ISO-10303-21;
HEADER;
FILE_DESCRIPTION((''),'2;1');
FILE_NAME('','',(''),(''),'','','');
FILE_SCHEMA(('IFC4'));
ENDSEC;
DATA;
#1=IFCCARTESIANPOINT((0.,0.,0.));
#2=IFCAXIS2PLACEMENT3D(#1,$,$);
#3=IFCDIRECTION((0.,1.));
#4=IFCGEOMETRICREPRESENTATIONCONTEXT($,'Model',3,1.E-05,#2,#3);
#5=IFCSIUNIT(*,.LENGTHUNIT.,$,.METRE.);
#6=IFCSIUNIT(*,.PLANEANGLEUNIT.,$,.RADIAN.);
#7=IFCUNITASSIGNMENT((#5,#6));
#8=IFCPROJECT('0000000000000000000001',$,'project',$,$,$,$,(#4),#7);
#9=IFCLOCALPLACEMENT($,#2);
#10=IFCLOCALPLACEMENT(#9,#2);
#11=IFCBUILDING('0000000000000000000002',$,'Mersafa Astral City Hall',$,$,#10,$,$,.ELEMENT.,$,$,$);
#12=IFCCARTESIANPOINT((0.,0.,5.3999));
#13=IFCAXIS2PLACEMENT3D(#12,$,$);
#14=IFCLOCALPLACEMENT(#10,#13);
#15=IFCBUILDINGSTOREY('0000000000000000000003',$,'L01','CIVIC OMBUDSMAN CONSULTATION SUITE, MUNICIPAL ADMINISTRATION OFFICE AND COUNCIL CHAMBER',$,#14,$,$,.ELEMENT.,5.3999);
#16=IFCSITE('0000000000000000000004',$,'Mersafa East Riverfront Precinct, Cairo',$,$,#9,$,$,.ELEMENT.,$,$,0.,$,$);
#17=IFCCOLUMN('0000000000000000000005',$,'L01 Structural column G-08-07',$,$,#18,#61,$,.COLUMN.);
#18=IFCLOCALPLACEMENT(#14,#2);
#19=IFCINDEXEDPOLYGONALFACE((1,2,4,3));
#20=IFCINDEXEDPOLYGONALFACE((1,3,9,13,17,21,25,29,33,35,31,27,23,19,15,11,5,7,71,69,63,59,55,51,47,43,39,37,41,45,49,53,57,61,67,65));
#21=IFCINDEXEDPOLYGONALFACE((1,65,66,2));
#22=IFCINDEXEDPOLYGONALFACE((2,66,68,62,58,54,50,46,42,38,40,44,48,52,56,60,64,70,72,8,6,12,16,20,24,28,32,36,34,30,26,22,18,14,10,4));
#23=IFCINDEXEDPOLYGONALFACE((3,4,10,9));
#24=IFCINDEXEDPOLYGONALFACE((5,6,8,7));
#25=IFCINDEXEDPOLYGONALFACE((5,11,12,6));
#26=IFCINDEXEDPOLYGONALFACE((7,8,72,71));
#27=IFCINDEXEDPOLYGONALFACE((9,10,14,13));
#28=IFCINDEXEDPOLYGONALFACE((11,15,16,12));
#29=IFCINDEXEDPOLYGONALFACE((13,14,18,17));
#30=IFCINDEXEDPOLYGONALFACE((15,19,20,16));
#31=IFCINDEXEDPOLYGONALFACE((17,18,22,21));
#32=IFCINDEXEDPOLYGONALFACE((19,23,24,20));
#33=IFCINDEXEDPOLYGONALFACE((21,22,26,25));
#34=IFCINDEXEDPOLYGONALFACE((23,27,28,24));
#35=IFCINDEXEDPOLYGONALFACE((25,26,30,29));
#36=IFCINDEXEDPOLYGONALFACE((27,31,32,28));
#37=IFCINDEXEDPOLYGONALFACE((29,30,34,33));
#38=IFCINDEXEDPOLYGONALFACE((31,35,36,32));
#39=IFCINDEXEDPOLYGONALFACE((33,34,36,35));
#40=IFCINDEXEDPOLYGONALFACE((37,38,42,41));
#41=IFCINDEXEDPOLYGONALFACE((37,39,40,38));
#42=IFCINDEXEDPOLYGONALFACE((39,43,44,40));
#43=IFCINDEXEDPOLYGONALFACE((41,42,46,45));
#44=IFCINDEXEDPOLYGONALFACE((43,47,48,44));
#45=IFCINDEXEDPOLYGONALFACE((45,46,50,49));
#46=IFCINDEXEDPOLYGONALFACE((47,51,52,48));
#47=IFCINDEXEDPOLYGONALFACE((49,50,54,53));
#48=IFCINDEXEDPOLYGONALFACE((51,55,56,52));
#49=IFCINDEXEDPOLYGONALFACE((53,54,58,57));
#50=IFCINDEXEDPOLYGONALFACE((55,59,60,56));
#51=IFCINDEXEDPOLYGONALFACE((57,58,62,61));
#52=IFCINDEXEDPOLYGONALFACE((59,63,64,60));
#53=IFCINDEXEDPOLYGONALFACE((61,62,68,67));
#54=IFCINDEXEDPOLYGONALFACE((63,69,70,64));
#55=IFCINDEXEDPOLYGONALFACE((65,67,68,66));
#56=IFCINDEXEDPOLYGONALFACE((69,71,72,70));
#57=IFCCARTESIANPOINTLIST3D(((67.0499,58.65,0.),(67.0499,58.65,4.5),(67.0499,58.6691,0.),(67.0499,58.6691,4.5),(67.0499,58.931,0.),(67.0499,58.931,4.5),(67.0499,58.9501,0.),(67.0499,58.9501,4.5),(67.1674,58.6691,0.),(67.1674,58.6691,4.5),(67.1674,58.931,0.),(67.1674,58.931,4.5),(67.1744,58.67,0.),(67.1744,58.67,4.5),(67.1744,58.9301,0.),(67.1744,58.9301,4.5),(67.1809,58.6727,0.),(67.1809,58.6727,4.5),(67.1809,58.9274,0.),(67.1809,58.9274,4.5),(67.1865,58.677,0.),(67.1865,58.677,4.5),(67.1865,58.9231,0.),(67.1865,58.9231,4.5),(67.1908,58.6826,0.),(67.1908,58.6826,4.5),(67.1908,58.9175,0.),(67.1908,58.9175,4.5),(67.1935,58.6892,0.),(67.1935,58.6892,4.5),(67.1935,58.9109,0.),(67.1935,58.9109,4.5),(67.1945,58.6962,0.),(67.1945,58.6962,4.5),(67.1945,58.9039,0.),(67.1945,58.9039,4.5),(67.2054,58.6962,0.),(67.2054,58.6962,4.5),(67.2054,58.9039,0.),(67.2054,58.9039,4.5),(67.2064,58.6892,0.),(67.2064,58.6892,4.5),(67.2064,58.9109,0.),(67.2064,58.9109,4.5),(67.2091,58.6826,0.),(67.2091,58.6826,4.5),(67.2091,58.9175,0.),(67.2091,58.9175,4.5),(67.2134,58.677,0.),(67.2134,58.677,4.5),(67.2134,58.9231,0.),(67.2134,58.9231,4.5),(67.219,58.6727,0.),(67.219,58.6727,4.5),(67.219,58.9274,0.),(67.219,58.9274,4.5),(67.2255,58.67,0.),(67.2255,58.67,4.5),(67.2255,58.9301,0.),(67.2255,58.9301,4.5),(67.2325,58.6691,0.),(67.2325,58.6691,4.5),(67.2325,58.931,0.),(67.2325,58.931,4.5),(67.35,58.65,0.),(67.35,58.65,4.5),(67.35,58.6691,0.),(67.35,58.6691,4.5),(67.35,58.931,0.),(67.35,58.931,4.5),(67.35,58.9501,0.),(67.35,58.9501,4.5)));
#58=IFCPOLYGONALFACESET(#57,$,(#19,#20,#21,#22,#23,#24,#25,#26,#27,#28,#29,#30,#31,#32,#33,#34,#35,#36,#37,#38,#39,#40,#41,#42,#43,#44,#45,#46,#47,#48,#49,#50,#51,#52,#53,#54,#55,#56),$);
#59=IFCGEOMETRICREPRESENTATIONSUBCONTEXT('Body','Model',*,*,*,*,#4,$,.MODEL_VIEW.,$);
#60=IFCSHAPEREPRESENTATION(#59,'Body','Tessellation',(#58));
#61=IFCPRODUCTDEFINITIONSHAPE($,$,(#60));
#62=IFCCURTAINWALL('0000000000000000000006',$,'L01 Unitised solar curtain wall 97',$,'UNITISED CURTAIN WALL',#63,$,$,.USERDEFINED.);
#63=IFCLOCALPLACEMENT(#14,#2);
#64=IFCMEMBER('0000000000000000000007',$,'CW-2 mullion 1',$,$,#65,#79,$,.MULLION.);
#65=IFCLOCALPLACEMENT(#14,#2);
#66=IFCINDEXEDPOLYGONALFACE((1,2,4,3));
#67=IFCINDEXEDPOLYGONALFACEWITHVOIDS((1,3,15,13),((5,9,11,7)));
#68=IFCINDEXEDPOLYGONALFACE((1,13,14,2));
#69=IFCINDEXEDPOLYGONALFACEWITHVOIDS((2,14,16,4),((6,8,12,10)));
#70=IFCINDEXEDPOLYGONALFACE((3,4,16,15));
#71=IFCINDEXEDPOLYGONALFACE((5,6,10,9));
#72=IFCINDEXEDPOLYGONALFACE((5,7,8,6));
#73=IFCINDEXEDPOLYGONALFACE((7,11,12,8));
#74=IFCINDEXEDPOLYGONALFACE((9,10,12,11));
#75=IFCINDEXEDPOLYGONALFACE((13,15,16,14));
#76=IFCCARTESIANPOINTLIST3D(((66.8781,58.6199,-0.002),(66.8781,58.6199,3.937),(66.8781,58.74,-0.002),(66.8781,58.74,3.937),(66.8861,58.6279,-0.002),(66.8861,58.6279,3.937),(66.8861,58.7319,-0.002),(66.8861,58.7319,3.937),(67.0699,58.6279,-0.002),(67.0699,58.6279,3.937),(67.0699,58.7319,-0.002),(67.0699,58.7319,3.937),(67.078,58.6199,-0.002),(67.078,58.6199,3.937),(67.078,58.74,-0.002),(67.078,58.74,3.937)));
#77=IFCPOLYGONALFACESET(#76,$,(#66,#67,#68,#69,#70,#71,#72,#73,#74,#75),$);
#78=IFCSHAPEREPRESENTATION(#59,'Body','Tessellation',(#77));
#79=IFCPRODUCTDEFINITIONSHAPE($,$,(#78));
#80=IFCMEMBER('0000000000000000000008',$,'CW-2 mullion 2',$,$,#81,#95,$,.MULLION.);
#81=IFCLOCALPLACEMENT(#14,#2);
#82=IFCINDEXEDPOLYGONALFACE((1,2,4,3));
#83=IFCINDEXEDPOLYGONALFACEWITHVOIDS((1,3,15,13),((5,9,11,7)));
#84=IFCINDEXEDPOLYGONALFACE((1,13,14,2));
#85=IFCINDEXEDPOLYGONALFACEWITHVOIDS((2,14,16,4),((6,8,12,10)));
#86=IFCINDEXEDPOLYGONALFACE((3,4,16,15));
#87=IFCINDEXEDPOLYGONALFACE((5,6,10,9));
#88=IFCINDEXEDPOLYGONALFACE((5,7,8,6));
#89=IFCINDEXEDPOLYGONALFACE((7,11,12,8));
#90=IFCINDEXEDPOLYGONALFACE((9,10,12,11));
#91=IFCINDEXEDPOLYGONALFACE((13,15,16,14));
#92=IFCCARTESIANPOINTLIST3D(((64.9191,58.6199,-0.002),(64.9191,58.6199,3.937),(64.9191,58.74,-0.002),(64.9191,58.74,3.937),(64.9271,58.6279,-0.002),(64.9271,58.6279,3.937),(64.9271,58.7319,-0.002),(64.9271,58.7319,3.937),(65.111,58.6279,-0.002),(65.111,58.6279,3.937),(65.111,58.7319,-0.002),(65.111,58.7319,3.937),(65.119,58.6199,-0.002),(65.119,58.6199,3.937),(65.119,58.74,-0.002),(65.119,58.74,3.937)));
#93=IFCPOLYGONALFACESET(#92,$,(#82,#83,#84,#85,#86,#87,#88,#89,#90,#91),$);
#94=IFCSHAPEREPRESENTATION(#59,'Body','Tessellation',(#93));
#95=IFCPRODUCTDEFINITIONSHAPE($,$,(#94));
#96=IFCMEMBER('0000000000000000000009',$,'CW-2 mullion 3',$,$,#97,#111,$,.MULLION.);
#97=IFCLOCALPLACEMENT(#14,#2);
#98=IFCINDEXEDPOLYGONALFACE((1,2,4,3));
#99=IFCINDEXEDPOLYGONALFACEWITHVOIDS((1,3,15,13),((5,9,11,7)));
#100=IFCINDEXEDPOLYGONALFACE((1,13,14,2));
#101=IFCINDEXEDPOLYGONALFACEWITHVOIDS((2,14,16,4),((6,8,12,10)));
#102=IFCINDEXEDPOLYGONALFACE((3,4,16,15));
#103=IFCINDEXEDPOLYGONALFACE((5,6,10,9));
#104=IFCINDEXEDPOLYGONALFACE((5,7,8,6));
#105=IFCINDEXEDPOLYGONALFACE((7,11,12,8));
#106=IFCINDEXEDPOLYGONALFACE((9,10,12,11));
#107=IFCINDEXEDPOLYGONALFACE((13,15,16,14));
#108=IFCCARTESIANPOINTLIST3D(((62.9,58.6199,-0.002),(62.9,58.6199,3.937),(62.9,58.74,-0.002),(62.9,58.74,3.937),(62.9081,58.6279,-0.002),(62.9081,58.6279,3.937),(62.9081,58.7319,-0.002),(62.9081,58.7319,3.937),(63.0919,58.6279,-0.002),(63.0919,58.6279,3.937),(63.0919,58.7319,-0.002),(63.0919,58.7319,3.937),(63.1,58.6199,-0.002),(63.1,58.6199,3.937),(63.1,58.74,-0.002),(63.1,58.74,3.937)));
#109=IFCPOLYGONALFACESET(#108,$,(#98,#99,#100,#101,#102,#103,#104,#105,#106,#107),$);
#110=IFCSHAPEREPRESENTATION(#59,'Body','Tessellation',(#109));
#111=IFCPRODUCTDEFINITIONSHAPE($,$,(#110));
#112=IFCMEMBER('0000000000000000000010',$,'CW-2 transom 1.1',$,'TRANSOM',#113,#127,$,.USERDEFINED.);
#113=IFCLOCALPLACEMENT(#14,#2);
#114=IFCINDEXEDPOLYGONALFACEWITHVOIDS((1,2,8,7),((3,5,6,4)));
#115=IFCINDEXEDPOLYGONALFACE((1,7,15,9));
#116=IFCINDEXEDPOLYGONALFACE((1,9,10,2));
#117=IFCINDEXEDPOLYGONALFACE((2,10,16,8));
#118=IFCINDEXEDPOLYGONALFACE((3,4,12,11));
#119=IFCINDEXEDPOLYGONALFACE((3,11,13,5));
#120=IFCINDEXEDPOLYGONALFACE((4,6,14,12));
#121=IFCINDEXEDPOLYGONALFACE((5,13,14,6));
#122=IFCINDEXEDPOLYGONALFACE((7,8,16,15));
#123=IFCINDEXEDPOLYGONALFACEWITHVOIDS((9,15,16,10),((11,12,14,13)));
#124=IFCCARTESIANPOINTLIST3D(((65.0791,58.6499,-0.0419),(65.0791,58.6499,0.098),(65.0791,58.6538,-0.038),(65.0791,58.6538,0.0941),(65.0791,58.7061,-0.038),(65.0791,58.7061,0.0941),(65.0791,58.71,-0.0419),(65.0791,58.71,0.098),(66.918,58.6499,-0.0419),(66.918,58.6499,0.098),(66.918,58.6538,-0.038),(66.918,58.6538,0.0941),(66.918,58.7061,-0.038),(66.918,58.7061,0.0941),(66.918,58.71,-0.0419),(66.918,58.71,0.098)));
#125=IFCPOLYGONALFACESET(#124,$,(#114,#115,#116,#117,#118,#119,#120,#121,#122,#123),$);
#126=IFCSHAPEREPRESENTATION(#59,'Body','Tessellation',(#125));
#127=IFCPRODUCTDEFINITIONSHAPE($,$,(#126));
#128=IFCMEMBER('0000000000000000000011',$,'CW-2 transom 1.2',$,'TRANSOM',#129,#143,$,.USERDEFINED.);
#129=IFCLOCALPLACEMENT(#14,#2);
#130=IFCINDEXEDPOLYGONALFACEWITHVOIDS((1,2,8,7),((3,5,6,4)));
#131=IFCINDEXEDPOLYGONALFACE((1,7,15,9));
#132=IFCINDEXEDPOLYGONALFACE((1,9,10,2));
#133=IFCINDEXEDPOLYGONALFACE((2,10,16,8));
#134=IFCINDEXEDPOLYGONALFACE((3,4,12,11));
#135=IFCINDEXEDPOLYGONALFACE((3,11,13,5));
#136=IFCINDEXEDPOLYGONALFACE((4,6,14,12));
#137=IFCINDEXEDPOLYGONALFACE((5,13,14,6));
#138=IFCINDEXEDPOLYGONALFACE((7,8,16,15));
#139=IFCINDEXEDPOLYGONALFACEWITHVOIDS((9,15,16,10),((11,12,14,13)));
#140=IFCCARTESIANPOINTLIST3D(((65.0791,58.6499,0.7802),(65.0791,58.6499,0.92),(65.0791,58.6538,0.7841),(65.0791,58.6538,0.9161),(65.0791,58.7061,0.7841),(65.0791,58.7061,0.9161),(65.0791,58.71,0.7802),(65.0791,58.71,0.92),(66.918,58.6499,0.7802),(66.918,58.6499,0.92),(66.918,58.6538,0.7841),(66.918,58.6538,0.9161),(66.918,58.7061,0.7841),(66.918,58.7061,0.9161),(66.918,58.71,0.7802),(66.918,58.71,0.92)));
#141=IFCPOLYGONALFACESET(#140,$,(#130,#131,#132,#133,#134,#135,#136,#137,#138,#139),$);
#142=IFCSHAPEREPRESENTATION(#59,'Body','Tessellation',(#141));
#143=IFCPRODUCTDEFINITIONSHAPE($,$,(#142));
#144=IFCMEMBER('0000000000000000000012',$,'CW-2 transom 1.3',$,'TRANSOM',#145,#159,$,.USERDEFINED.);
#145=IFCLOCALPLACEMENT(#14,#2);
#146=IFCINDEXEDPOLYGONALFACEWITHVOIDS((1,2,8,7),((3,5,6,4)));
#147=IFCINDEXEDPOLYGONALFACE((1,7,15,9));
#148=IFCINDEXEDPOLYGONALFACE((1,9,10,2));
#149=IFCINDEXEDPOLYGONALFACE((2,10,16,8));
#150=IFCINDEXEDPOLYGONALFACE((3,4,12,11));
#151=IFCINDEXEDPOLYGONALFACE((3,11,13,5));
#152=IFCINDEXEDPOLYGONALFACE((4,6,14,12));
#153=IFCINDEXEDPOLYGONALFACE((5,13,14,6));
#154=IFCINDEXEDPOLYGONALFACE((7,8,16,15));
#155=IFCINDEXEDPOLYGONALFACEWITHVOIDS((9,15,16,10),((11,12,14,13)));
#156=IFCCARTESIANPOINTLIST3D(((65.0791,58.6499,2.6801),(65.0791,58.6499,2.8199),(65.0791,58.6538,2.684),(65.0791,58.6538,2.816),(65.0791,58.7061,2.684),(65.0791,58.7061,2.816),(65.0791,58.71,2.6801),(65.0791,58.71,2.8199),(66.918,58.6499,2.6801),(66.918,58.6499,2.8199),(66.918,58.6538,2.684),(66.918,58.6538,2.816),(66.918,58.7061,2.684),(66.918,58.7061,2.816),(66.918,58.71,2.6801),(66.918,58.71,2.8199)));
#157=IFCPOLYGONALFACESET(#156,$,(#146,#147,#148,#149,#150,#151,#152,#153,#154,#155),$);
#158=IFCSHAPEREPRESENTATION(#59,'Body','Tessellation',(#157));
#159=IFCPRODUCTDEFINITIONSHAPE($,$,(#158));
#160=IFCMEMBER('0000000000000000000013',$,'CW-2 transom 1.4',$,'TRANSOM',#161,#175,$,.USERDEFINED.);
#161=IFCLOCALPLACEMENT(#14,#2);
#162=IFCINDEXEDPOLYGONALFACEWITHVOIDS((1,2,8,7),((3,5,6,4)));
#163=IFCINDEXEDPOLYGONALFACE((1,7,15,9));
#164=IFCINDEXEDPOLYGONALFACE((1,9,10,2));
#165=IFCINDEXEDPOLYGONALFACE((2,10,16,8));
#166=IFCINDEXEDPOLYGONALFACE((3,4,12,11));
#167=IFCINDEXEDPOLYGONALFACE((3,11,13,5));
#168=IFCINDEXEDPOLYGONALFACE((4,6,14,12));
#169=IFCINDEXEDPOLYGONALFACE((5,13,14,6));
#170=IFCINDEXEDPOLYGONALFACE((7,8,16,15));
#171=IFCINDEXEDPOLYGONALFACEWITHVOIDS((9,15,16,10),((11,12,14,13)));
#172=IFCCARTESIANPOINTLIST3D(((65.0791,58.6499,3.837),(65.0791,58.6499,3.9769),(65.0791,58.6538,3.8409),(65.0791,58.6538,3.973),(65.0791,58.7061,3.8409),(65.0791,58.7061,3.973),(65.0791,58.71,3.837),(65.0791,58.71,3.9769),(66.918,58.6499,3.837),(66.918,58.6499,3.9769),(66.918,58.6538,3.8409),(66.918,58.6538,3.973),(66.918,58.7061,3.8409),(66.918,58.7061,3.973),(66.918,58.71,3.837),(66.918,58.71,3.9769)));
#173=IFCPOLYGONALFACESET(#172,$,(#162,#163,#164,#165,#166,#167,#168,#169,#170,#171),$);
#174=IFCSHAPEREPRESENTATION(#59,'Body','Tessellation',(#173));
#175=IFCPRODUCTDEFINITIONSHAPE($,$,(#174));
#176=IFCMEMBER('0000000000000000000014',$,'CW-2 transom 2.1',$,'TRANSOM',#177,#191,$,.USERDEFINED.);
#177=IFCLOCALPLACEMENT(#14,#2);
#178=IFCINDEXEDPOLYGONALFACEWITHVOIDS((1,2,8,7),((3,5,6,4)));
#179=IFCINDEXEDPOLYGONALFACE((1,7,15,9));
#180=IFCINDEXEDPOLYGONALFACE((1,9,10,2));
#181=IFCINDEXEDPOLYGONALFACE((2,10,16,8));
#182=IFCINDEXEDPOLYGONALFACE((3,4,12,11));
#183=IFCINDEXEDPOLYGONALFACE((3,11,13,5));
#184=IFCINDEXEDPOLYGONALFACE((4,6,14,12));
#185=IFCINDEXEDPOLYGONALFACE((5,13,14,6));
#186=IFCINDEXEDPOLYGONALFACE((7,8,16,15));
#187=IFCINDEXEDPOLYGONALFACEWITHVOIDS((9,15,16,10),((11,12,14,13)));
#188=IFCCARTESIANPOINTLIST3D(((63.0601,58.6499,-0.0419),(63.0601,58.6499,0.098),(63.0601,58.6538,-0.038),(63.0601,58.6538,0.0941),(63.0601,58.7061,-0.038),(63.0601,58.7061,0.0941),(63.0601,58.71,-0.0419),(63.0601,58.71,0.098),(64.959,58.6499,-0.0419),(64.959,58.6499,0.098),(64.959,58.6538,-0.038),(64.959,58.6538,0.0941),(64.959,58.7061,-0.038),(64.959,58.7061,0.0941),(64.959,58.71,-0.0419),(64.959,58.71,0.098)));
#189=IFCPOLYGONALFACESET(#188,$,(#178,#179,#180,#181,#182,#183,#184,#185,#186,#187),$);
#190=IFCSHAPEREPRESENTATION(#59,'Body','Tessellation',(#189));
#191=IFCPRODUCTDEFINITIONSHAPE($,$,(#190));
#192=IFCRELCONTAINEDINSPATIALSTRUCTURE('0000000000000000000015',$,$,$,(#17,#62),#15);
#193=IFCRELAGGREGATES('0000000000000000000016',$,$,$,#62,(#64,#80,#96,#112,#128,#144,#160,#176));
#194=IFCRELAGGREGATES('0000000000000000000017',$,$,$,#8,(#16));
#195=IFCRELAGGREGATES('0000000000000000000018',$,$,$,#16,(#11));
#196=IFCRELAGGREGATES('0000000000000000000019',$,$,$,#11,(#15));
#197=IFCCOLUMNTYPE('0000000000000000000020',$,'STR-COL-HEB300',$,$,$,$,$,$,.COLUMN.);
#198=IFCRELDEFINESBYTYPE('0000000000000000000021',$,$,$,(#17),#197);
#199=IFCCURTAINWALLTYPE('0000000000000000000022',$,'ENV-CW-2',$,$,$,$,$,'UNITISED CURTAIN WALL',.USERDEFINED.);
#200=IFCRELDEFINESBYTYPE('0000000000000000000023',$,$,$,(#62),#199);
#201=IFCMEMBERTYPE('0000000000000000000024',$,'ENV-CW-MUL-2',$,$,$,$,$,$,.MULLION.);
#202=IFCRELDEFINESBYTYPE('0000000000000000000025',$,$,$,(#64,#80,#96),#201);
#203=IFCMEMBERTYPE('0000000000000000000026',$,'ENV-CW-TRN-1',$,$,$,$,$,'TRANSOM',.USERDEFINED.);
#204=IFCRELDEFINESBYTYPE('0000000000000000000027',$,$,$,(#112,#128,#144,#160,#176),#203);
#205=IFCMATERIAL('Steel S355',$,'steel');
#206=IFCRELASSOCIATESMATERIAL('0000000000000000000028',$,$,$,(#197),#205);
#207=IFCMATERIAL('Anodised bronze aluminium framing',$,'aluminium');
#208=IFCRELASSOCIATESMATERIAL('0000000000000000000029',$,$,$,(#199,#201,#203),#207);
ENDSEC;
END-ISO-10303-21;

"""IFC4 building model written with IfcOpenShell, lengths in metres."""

from ifc_helpers import new_model, si_unit, direction, frame, origin, origin_2d, place, context, subcontext, project, spatial, hollow_rectangle, i_section, extrude, material, material_profile, profile_set, type_object, element, aggregate, save


model = new_model("IFC4")

# Units and contexts
model_context = context("Model", 3, precision=1e-05, world=origin(), true_north=direction((0.0, 1.0)))
body_context = subcontext(model_context, "Body", "Model", "MODEL_VIEW")
ifc_project = project(units=[si_unit("LENGTHUNIT", "METRE"), si_unit("PLANEANGLEUNIT", "RADIAN")], contexts=[model_context])

# Site, building, storey
site_placement = place(None, origin())
site = spatial("IfcSite", under=ifc_project, at=site_placement, Name="Mersafa East Riverfront Precinct, Cairo", CompositionType="ELEMENT", RefElevation=0.0)
building_placement = place(site_placement, origin())
building = spatial("IfcBuilding", under=site, at=building_placement, Name="Mersafa Astral City Hall", CompositionType="ELEMENT")
storey_placement = place(building_placement, frame((0.0, 0.0, 5.3999)))
storey = spatial("IfcBuildingStorey", under=building, at=storey_placement, Name="L01", Description="CIVIC OMBUDSMAN CONSULTATION SUITE, MUNICIPAL ADMINISTRATION OFFICE AND COUNCIL CHAMBER", CompositionType="ELEMENT", Elevation=5.3999)

# Column
ifc_material_1 = material(Name="Steel S355", Category="steel")
ifc_material_profile_1 = material_profile(ifc_material_1, i_section(OverallWidth=0.3, OverallDepth=0.3, WebThickness=0.011, FlangeThickness=0.019, FilletRadius=0.0271, at=origin_2d()), Name="HEB 300")
ifc_profile_set_1 = profile_set([ifc_material_profile_1], Name="Steel S355")
column_type = type_object("IfcColumnType", Name="STR-COL-HEB300", PredefinedType="COLUMN", material=ifc_profile_set_1)
column_placement = place(storey_placement, frame((67.2, 58.8, 0.0), z_axis=(0.0, 0.0, 1.0), x_axis=(1.0, 0.0, 0.0)))
element("IfcColumn", 1, at=column_placement, inside=storey, type_object=column_type, Name="L01 Structural column G-08-07", PredefinedType="COLUMN", context=body_context, shape_type="SweptSolid", body=[
    extrude(i_section(OverallWidth=0.3, OverallDepth=0.3, WebThickness=0.011, FlangeThickness=0.019, FilletRadius=0.0271, at=origin_2d()), origin(), (0.0, 0.0, 1.0), 4.5),
])

# Curtain wall, members
ifc_material_2 = material(Name="Anodised bronze aluminium framing", Category="aluminium")
curtain_wall_type = type_object("IfcCurtainWallType", Name="ENV-CW-2", ElementType="UNITISED CURTAIN WALL", PredefinedType="USERDEFINED", material=ifc_material_2)
curtain_wall_placement = place(storey_placement, origin())
curtain_wall = element("IfcCurtainWall", 2, at=curtain_wall_placement, inside=storey, type_object=curtain_wall_type, Name="L01 Unitised solar curtain wall 97", ObjectType="UNITISED CURTAIN WALL", PredefinedType="USERDEFINED")
ifc_material_profile_2 = material_profile(ifc_material_2, hollow_rectangle(XDim=0.1201, YDim=0.2, WallThickness=0.0081, at=origin_2d()), Name="RHS 120x200x8")
ifc_profile_set_2 = profile_set([ifc_material_profile_2], Name="Anodised bronze aluminium framing")
member_type_1 = type_object("IfcMemberType", Name="ENV-CW-MUL-2", PredefinedType="MULLION", material=ifc_profile_set_2)
member_1_placement = place(storey_placement, frame((66.978, 58.6799, -0.002), z_axis=(0.0, 0.0, 1.0), x_axis=(0.0, -1.0, 0.0)))
member_1 = element("IfcMember", 3, at=member_1_placement, type_object=member_type_1, Name="CW-2 mullion 1", PredefinedType="MULLION", context=body_context, shape_type="SweptSolid", body=[
    extrude(hollow_rectangle(XDim=0.1201, YDim=0.2, WallThickness=0.0081, at=origin_2d()), origin(), (0.0, 0.0, 1.0), 3.939),
])
member_2_placement = place(storey_placement, frame((65.019, 58.6799, -0.002), z_axis=(0.0, 0.0, 1.0), x_axis=(0.0, -1.0, 0.0)))
member_2 = element("IfcMember", 4, at=member_2_placement, type_object=member_type_1, Name="CW-2 mullion 2", PredefinedType="MULLION", context=body_context, shape_type="SweptSolid", body=[
    extrude(hollow_rectangle(XDim=0.1201, YDim=0.2, WallThickness=0.0081, at=origin_2d()), origin(), (0.0, 0.0, 1.0), 3.939),
])
member_3_placement = place(storey_placement, frame((63.0, 58.6799, -0.002), z_axis=(0.0, 0.0, 1.0), x_axis=(0.0, -1.0, 0.0)))
member_3 = element("IfcMember", 5, at=member_3_placement, type_object=member_type_1, Name="CW-2 mullion 3", PredefinedType="MULLION", context=body_context, shape_type="SweptSolid", body=[
    extrude(hollow_rectangle(XDim=0.1201, YDim=0.2, WallThickness=0.0081, at=origin_2d()), origin(), (0.0, 0.0, 1.0), 3.939),
])
ifc_material_profile_3 = material_profile(ifc_material_2, hollow_rectangle(XDim=0.0601, YDim=0.1399, WallThickness=0.0039, at=origin_2d()), Name="RHS 60x140x4")
ifc_profile_set_3 = profile_set([ifc_material_profile_3], Name="Anodised bronze aluminium framing")
member_type_2 = type_object("IfcMemberType", Name="ENV-CW-TRN-1", ElementType="TRANSOM", PredefinedType="USERDEFINED", material=ifc_profile_set_3)
member_4_placement = place(storey_placement, frame((66.918, 58.6799, 0.0281), z_axis=(-1.0, 0.0, 0.0), x_axis=(0.0, -1.0, 0.0)))
member_4 = element("IfcMember", 6, at=member_4_placement, type_object=member_type_2, Name="CW-2 transom 1.1", ObjectType="TRANSOM", PredefinedType="USERDEFINED", context=body_context, shape_type="SweptSolid", body=[
    extrude(hollow_rectangle(XDim=0.0601, YDim=0.1399, WallThickness=0.0039, at=origin_2d()), origin(), (0.0, 0.0, 1.0), 1.8389),
])
member_5_placement = place(storey_placement, frame((66.918, 58.6799, 0.8501), z_axis=(-1.0, 0.0, 0.0), x_axis=(0.0, -1.0, 0.0)))
member_5 = element("IfcMember", 7, at=member_5_placement, type_object=member_type_2, Name="CW-2 transom 1.2", ObjectType="TRANSOM", PredefinedType="USERDEFINED", context=body_context, shape_type="SweptSolid", body=[
    extrude(hollow_rectangle(XDim=0.0601, YDim=0.1399, WallThickness=0.0039, at=origin_2d()), origin(), (0.0, 0.0, 1.0), 1.8389),
])
member_6_placement = place(storey_placement, frame((66.918, 58.6799, 2.75), z_axis=(-1.0, 0.0, 0.0), x_axis=(0.0, -1.0, 0.0)))
member_6 = element("IfcMember", 8, at=member_6_placement, type_object=member_type_2, Name="CW-2 transom 1.3", ObjectType="TRANSOM", PredefinedType="USERDEFINED", context=body_context, shape_type="SweptSolid", body=[
    extrude(hollow_rectangle(XDim=0.0601, YDim=0.1399, WallThickness=0.0039, at=origin_2d()), origin(), (0.0, 0.0, 1.0), 1.8389),
])
member_7_placement = place(storey_placement, frame((66.918, 58.6799, 3.907), z_axis=(-1.0, 0.0, 0.0), x_axis=(0.0, -1.0, 0.0)))
member_7 = element("IfcMember", 9, at=member_7_placement, type_object=member_type_2, Name="CW-2 transom 1.4", ObjectType="TRANSOM", PredefinedType="USERDEFINED", context=body_context, shape_type="SweptSolid", body=[
    extrude(hollow_rectangle(XDim=0.0601, YDim=0.1399, WallThickness=0.0039, at=origin_2d()), origin(), (0.0, 0.0, 1.0), 1.8389),
])
member_8_placement = place(storey_placement, frame((64.959, 58.6799, 0.0281), z_axis=(-1.0, 0.0, 0.0), x_axis=(0.0, -1.0, 0.0)))
member_8 = element("IfcMember", 10, at=member_8_placement, type_object=member_type_2, Name="CW-2 transom 2.1", ObjectType="TRANSOM", PredefinedType="USERDEFINED", context=body_context, shape_type="SweptSolid", body=[
    extrude(hollow_rectangle(XDim=0.0601, YDim=0.1399, WallThickness=0.0039, at=origin_2d()), origin(), (0.0, 0.0, 1.0), 1.8989),
])

aggregate(curtain_wall, [member_1, member_2, member_3, member_4, member_5, member_6, member_7, member_8])

save(model, "model.ifc")
